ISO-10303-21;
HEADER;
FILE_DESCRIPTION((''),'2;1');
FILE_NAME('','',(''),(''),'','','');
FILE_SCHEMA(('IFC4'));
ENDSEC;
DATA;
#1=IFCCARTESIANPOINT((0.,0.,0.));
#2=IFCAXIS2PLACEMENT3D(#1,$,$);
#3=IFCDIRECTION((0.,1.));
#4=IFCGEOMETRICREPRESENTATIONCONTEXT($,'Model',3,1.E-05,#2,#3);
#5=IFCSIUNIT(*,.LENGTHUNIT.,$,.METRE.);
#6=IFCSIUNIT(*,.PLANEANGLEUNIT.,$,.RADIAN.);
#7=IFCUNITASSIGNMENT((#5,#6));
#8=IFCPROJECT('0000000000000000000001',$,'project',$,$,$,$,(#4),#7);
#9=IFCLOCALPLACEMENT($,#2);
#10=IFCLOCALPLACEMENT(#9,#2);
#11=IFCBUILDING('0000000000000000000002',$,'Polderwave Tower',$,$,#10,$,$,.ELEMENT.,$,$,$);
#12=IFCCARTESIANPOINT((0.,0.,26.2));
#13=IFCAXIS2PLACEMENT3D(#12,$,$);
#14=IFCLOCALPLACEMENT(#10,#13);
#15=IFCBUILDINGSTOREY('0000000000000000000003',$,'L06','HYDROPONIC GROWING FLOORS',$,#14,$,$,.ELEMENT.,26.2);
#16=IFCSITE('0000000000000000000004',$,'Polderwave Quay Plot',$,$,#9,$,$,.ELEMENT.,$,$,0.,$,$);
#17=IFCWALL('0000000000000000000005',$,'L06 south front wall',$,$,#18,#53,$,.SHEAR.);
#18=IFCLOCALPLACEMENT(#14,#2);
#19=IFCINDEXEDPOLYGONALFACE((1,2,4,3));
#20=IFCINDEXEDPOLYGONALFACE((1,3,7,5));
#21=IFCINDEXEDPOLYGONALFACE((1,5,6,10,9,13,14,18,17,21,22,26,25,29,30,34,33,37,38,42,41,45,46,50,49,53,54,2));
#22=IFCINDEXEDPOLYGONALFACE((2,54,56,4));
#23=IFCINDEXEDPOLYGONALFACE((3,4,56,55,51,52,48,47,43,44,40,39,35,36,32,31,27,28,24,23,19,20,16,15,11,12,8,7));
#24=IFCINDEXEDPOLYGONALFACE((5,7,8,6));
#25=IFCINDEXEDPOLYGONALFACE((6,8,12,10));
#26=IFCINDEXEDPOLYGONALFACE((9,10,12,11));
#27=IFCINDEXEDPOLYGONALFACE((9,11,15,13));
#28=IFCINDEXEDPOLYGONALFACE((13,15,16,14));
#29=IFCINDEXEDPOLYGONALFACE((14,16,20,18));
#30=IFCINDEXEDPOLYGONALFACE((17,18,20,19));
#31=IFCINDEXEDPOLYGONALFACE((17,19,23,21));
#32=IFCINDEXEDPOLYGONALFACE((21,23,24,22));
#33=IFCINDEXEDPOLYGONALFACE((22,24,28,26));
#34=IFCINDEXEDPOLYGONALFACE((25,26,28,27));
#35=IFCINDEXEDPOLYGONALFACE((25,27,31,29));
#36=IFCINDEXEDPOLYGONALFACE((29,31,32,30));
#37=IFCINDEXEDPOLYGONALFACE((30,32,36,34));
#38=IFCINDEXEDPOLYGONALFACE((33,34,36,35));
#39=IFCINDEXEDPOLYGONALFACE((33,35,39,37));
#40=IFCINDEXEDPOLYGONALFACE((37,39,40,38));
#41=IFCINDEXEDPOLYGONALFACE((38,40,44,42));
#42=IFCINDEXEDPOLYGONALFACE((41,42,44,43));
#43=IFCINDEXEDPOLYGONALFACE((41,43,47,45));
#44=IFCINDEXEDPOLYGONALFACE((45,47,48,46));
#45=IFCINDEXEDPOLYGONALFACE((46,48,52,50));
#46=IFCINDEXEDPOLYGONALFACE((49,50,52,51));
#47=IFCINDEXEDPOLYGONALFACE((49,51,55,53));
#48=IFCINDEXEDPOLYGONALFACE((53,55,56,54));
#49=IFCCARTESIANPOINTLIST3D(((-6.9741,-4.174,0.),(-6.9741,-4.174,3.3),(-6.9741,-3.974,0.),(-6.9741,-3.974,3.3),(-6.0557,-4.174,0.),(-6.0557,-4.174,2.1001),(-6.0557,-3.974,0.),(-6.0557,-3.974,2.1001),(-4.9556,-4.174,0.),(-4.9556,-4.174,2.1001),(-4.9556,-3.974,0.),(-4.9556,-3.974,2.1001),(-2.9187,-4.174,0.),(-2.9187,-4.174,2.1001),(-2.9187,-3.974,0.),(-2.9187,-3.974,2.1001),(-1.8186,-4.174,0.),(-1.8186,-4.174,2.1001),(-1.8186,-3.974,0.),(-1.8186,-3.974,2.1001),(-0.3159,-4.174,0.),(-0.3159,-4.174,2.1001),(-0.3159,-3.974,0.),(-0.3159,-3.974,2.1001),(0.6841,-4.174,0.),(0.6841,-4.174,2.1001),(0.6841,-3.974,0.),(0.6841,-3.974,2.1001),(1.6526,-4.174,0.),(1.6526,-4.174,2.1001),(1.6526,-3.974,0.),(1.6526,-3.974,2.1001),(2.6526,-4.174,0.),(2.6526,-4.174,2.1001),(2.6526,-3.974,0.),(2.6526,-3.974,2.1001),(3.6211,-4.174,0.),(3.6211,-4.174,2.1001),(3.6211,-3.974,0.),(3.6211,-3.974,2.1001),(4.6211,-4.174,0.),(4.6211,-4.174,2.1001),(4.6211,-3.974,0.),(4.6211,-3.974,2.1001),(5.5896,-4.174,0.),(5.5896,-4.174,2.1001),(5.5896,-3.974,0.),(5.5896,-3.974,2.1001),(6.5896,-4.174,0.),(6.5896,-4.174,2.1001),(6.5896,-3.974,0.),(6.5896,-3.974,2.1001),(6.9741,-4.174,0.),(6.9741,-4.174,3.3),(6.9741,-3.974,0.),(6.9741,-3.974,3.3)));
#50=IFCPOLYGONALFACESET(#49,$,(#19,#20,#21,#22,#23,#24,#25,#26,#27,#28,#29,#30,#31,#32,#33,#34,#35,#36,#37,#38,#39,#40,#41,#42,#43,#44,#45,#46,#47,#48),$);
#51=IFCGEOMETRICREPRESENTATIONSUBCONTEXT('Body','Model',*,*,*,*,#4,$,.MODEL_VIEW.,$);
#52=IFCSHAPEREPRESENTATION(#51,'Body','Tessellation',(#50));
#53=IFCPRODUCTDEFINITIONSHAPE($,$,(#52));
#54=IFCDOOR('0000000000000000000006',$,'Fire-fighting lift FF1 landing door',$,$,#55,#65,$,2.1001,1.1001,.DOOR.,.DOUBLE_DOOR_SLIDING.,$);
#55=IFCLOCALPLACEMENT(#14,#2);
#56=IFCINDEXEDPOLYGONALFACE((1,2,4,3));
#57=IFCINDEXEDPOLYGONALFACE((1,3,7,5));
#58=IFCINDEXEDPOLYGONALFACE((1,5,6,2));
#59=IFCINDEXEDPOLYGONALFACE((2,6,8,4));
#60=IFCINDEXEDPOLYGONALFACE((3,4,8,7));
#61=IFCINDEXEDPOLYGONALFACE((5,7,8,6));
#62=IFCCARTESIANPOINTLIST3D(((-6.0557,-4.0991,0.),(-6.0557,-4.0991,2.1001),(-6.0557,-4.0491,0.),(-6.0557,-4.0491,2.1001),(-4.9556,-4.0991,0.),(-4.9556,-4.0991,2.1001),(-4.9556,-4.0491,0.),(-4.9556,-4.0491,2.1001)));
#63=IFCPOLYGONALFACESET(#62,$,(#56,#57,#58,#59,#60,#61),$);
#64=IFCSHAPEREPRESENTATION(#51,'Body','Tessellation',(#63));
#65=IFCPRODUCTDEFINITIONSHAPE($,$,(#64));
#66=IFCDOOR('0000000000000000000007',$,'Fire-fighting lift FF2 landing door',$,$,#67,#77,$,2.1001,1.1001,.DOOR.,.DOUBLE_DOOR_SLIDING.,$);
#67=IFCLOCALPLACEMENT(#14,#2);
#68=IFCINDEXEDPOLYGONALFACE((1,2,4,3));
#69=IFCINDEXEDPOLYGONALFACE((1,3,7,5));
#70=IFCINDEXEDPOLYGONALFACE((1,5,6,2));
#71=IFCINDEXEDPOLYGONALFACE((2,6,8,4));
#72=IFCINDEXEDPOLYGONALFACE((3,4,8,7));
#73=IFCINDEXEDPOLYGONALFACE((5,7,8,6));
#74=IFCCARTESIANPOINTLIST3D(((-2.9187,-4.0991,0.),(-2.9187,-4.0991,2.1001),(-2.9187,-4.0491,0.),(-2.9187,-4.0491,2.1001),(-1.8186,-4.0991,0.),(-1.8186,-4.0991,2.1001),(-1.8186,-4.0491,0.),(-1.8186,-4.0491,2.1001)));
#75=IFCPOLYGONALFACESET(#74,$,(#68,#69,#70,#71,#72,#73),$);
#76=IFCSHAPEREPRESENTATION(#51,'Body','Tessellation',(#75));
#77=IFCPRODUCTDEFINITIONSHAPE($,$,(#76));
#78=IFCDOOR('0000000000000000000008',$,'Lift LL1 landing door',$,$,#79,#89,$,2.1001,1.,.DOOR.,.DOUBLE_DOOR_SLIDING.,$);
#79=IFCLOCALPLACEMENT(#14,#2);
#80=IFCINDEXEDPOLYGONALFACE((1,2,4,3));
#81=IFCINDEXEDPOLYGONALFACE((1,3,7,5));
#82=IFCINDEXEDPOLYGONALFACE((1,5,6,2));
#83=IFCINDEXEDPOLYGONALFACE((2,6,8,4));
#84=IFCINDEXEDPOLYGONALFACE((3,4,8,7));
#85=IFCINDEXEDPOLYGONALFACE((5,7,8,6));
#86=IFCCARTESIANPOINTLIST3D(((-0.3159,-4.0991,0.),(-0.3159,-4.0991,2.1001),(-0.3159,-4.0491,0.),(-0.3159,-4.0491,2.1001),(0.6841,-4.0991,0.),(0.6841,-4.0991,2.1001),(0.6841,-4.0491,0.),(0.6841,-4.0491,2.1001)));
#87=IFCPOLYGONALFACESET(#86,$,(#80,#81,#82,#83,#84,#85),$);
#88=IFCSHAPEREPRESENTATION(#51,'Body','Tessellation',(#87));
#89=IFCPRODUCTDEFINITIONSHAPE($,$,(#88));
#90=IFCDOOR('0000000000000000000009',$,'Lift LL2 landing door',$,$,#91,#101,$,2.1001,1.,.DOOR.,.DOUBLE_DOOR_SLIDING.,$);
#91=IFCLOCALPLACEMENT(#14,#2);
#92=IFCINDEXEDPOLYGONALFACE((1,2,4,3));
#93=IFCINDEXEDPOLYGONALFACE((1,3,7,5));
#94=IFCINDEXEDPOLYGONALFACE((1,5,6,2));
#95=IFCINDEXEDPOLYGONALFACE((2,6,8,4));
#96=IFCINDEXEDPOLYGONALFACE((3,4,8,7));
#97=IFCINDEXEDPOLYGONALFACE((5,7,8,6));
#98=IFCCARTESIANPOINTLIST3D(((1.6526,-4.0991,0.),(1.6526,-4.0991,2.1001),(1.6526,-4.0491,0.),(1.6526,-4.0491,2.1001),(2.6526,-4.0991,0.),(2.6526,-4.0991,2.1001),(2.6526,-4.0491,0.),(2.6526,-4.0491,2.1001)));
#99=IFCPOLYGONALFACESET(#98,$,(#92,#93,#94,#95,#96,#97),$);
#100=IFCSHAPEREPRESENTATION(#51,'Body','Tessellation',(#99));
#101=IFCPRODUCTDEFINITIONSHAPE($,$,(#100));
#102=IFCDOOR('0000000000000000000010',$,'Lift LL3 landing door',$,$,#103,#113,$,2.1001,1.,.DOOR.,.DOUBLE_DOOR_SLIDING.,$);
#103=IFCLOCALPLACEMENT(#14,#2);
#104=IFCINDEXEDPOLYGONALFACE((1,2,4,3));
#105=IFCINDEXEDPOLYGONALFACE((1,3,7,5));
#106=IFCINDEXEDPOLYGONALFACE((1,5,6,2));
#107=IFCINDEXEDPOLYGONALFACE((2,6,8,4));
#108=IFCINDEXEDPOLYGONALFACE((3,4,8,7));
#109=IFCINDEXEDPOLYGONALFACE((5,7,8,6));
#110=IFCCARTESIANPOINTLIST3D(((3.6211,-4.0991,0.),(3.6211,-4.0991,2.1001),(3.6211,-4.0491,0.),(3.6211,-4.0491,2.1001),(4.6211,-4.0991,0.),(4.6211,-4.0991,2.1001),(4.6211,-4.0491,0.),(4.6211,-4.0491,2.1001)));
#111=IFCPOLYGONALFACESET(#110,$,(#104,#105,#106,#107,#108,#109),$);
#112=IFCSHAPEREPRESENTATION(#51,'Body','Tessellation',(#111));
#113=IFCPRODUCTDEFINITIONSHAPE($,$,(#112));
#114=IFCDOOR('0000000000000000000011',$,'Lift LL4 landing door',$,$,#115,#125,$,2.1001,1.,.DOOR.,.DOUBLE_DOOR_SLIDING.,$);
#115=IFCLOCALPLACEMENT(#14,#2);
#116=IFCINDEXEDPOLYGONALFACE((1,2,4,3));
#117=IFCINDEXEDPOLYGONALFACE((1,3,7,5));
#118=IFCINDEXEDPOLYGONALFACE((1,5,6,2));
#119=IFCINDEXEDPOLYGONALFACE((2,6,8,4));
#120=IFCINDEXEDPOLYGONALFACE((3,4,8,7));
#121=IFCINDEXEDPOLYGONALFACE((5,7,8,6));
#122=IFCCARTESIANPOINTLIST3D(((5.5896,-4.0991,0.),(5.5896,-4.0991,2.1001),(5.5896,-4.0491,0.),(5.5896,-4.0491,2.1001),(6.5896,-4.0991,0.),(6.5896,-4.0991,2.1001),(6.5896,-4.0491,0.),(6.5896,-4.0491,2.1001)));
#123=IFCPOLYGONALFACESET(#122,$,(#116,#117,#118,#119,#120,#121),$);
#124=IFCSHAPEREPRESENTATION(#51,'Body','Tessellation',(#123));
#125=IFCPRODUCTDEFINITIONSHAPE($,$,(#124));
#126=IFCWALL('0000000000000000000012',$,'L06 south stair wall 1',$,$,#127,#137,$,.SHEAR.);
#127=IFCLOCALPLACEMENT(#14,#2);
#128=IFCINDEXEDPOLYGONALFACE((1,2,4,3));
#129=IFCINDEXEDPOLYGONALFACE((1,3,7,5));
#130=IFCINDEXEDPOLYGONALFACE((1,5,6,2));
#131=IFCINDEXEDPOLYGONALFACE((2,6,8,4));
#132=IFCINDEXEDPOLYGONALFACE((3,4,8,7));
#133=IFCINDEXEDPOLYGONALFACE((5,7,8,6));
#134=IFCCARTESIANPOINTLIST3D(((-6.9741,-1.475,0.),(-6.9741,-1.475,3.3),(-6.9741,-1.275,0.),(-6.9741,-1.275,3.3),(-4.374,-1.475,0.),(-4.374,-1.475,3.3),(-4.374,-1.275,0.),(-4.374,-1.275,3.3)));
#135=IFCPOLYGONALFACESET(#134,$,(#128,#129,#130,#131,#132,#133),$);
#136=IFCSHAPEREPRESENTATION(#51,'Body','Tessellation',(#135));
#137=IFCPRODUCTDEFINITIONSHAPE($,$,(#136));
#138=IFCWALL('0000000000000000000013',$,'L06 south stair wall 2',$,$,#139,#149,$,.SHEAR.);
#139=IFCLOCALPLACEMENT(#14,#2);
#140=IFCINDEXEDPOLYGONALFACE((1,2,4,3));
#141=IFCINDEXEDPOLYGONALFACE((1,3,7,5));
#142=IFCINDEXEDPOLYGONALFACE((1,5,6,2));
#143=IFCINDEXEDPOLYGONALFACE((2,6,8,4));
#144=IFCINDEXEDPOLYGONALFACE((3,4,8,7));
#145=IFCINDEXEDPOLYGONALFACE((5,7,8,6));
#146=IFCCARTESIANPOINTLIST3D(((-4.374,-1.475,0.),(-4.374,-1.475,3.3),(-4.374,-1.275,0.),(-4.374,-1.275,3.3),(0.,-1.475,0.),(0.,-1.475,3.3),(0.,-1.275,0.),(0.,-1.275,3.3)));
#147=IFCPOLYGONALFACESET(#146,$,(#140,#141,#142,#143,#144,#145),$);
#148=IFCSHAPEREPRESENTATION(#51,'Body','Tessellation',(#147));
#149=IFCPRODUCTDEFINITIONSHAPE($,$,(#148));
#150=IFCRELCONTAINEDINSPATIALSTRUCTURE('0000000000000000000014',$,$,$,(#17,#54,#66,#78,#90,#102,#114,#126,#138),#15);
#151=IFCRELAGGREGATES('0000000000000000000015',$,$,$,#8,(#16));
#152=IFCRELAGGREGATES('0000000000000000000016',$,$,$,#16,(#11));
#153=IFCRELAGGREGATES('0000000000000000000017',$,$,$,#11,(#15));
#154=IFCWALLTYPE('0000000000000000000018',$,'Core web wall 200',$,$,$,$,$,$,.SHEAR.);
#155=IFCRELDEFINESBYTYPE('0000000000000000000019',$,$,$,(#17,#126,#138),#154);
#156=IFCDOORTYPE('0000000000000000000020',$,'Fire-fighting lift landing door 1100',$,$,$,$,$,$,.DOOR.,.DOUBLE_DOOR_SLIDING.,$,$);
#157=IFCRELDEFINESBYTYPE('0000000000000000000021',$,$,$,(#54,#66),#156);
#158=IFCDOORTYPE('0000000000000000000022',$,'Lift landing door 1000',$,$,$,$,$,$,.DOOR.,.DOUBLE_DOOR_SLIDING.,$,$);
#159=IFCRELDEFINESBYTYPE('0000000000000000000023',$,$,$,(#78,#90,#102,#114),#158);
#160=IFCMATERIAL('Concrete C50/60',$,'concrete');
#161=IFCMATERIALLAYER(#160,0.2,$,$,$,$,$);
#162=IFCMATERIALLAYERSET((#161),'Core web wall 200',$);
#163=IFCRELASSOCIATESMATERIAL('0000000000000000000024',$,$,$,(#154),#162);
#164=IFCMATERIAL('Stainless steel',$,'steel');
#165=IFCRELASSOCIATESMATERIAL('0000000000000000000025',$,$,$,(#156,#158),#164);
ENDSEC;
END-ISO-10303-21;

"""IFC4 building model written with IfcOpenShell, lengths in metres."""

from ifc_helpers import new_model, si_unit, direction, frame, frame_2d, origin, place, context, subcontext, project, spatial, rectangle, extrude, material, layer, layer_set, type_object, element, fill, save


model = new_model("IFC4")

# Units and contexts
model_context = context("Model", 3, precision=1e-05, world=origin(), true_north=direction((0.0, 1.0)))
body_context = subcontext(model_context, "Body", "Model", "MODEL_VIEW")
ifc_project = project(units=[si_unit("LENGTHUNIT", "METRE"), si_unit("PLANEANGLEUNIT", "RADIAN")], contexts=[model_context])

# Site, building, storey
site_placement = place(None, origin())
site = spatial("IfcSite", under=ifc_project, at=site_placement, Name="Polderwave Quay Plot", CompositionType="ELEMENT", RefElevation=0.0)
building_placement = place(site_placement, origin())
building = spatial("IfcBuilding", under=site, at=building_placement, Name="Polderwave Tower", CompositionType="ELEMENT")
storey_placement = place(building_placement, frame((0.0, 0.0, 26.2)))
storey = spatial("IfcBuildingStorey", under=building, at=storey_placement, Name="L06", Description="HYDROPONIC GROWING FLOORS", CompositionType="ELEMENT", Elevation=26.2)

# Wall, openings, doors
ifc_material_1 = material(Name="Concrete C50/60", Category="concrete")
ifc_layer_1 = layer(ifc_material_1, 0.2)
ifc_layer_set_1 = layer_set([ifc_layer_1], Name="Core web wall 200")
wall_type_1 = type_object("IfcWallType", Name="Core web wall 200", PredefinedType="SHEAR", material=ifc_layer_set_1)
wall_1_placement = place(storey_placement, frame((-6.9741, -4.074, 0.0), z_axis=(0.0, 0.0, 1.0), x_axis=(1.0, 0.0, 0.0)))
wall_1 = element("IfcWall", 1, at=wall_1_placement, inside=storey, type_object=wall_type_1, Name="L06 south front wall", PredefinedType="SHEAR", context=body_context, shape_type="SweptSolid", body=[
    extrude(rectangle(XDim=13.9482, YDim=0.2, at=frame_2d((6.9741, 0.0))), origin(), (0.0, 0.0, 1.0), 3.3),
])
opening_1_placement = place(wall_1_placement, frame((0.9185, 0.0, 0.0)))
opening_1 = element("IfcOpeningElement", 2, at=opening_1_placement, cuts=wall_1, PredefinedType="OPENING", context=body_context, shape_type="SweptSolid", body=[
    extrude(rectangle(XDim=1.1001, YDim=2.1001, at=frame_2d((0.55, 1.05))), frame((0.0, 0.1099, 0.0), z_axis=(0.0, -1.0, 0.0), x_axis=(1.0, 0.0, 0.0)), (0.0, 0.0, 1.0), 0.22),
])
opening_2_placement = place(wall_1_placement, frame((4.0554, 0.0, 0.0)))
opening_2 = element("IfcOpeningElement", 3, at=opening_2_placement, cuts=wall_1, PredefinedType="OPENING", context=body_context, shape_type="SweptSolid", body=[
    extrude(rectangle(XDim=1.1001, YDim=2.1001, at=frame_2d((0.55, 1.05))), frame((0.0, 0.1099, 0.0), z_axis=(0.0, -1.0, 0.0), x_axis=(1.0, 0.0, 0.0)), (0.0, 0.0, 1.0), 0.22),
])
opening_3_placement = place(wall_1_placement, frame((6.6582, 0.0, 0.0)))
opening_3 = element("IfcOpeningElement", 4, at=opening_3_placement, cuts=wall_1, PredefinedType="OPENING", context=body_context, shape_type="SweptSolid", body=[
    extrude(rectangle(XDim=1.0, YDim=2.1001, at=frame_2d((0.5, 1.05))), frame((0.0, 0.1099, 0.0), z_axis=(0.0, -1.0, 0.0), x_axis=(1.0, 0.0, 0.0)), (0.0, 0.0, 1.0), 0.22),
])
opening_4_placement = place(wall_1_placement, frame((8.6267, 0.0, 0.0)))
opening_4 = element("IfcOpeningElement", 5, at=opening_4_placement, cuts=wall_1, PredefinedType="OPENING", context=body_context, shape_type="SweptSolid", body=[
    extrude(rectangle(XDim=1.0, YDim=2.1001, at=frame_2d((0.5, 1.05))), frame((0.0, 0.1099, 0.0), z_axis=(0.0, -1.0, 0.0), x_axis=(1.0, 0.0, 0.0)), (0.0, 0.0, 1.0), 0.22),
])
opening_5_placement = place(wall_1_placement, frame((10.5952, 0.0, 0.0)))
opening_5 = element("IfcOpeningElement", 6, at=opening_5_placement, cuts=wall_1, PredefinedType="OPENING", context=body_context, shape_type="SweptSolid", body=[
    extrude(rectangle(XDim=1.0, YDim=2.1001, at=frame_2d((0.5, 1.05))), frame((0.0, 0.1099, 0.0), z_axis=(0.0, -1.0, 0.0), x_axis=(1.0, 0.0, 0.0)), (0.0, 0.0, 1.0), 0.22),
])
opening_6_placement = place(wall_1_placement, frame((12.5637, 0.0, 0.0)))
opening_6 = element("IfcOpeningElement", 7, at=opening_6_placement, cuts=wall_1, PredefinedType="OPENING", context=body_context, shape_type="SweptSolid", body=[
    extrude(rectangle(XDim=1.0, YDim=2.1001, at=frame_2d((0.5, 1.05))), frame((0.0, 0.1099, 0.0), z_axis=(0.0, -1.0, 0.0), x_axis=(1.0, 0.0, 0.0)), (0.0, 0.0, 1.0), 0.22),
])
ifc_material_2 = material(Name="Stainless steel", Category="steel")
door_type_1 = type_object("IfcDoorType", Name="Fire-fighting lift landing door 1100", OperationType="DOUBLE_DOOR_SLIDING", PredefinedType="DOOR", material=ifc_material_2)
door_1_placement = place(opening_1_placement, origin())
door_1 = element("IfcDoor", 8, at=door_1_placement, inside=storey, type_object=door_type_1, Name="Fire-fighting lift FF1 landing door", OperationType="DOUBLE_DOOR_SLIDING", OverallHeight=2.1001, OverallWidth=1.1001, PredefinedType="DOOR", context=body_context, shape_type="SweptSolid", body=[
    extrude(rectangle(XDim=1.1001, YDim=2.1001, at=frame_2d((0.55, 1.05))), frame((0.0, 0.0249, 0.0), z_axis=(0.0, -1.0, 0.0), x_axis=(1.0, 0.0, 0.0)), (0.0, 0.0, 1.0), 0.05),
])
fill(opening_1, door_1)
door_2_placement = place(opening_2_placement, origin())
door_2 = element("IfcDoor", 9, at=door_2_placement, inside=storey, type_object=door_type_1, Name="Fire-fighting lift FF2 landing door", OperationType="DOUBLE_DOOR_SLIDING", OverallHeight=2.1001, OverallWidth=1.1001, PredefinedType="DOOR", context=body_context, shape_type="SweptSolid", body=[
    extrude(rectangle(XDim=1.1001, YDim=2.1001, at=frame_2d((0.55, 1.05))), frame((0.0, 0.0249, 0.0), z_axis=(0.0, -1.0, 0.0), x_axis=(1.0, 0.0, 0.0)), (0.0, 0.0, 1.0), 0.05),
])
fill(opening_2, door_2)
door_type_2 = type_object("IfcDoorType", Name="Lift landing door 1000", OperationType="DOUBLE_DOOR_SLIDING", PredefinedType="DOOR", material=ifc_material_2)
door_3_placement = place(opening_3_placement, origin())
door_3 = element("IfcDoor", 10, at=door_3_placement, inside=storey, type_object=door_type_2, Name="Lift LL1 landing door", OperationType="DOUBLE_DOOR_SLIDING", OverallHeight=2.1001, OverallWidth=1.0, PredefinedType="DOOR", context=body_context, shape_type="SweptSolid", body=[
    extrude(rectangle(XDim=1.0, YDim=2.1001, at=frame_2d((0.5, 1.05))), frame((0.0, 0.0249, 0.0), z_axis=(0.0, -1.0, 0.0), x_axis=(1.0, 0.0, 0.0)), (0.0, 0.0, 1.0), 0.05),
])
fill(opening_3, door_3)
door_4_placement = place(opening_4_placement, origin())
door_4 = element("IfcDoor", 11, at=door_4_placement, inside=storey, type_object=door_type_2, Name="Lift LL2 landing door", OperationType="DOUBLE_DOOR_SLIDING", OverallHeight=2.1001, OverallWidth=1.0, PredefinedType="DOOR", context=body_context, shape_type="SweptSolid", body=[
    extrude(rectangle(XDim=1.0, YDim=2.1001, at=frame_2d((0.5, 1.05))), frame((0.0, 0.0249, 0.0), z_axis=(0.0, -1.0, 0.0), x_axis=(1.0, 0.0, 0.0)), (0.0, 0.0, 1.0), 0.05),
])
fill(opening_4, door_4)
door_5_placement = place(opening_5_placement, origin())
door_5 = element("IfcDoor", 12, at=door_5_placement, inside=storey, type_object=door_type_2, Name="Lift LL3 landing door", OperationType="DOUBLE_DOOR_SLIDING", OverallHeight=2.1001, OverallWidth=1.0, PredefinedType="DOOR", context=body_context, shape_type="SweptSolid", body=[
    extrude(rectangle(XDim=1.0, YDim=2.1001, at=frame_2d((0.5, 1.05))), frame((0.0, 0.0249, 0.0), z_axis=(0.0, -1.0, 0.0), x_axis=(1.0, 0.0, 0.0)), (0.0, 0.0, 1.0), 0.05),
])
fill(opening_5, door_5)
door_6_placement = place(opening_6_placement, origin())
door_6 = element("IfcDoor", 13, at=door_6_placement, inside=storey, type_object=door_type_2, Name="Lift LL4 landing door", OperationType="DOUBLE_DOOR_SLIDING", OverallHeight=2.1001, OverallWidth=1.0, PredefinedType="DOOR", context=body_context, shape_type="SweptSolid", body=[
    extrude(rectangle(XDim=1.0, YDim=2.1001, at=frame_2d((0.5, 1.05))), frame((0.0, 0.0249, 0.0), z_axis=(0.0, -1.0, 0.0), x_axis=(1.0, 0.0, 0.0)), (0.0, 0.0, 1.0), 0.05),
])
fill(opening_6, door_6)

# Walls
wall_2_placement = place(storey_placement, frame((-6.9741, -1.375, 0.0), z_axis=(0.0, 0.0, 1.0), x_axis=(1.0, 0.0, 0.0)))
element("IfcWall", 14, at=wall_2_placement, inside=storey, type_object=wall_type_1, Name="L06 south stair wall 1", PredefinedType="SHEAR", context=body_context, shape_type="SweptSolid", body=[
    extrude(rectangle(XDim=2.6001, YDim=0.2, at=frame_2d((1.3, 0.0))), origin(), (0.0, 0.0, 1.0), 3.3),
])
wall_3_placement = place(storey_placement, frame((-4.374, -1.375, 0.0), z_axis=(0.0, 0.0, 1.0), x_axis=(1.0, 0.0, 0.0)))
element("IfcWall", 15, at=wall_3_placement, inside=storey, type_object=wall_type_1, Name="L06 south stair wall 2", PredefinedType="SHEAR", context=body_context, shape_type="SweptSolid", body=[
    extrude(rectangle(XDim=4.374, YDim=0.2, at=frame_2d((2.187, 0.0))), origin(), (0.0, 0.0, 1.0), 3.3),
])

save(model, "model.ifc")
